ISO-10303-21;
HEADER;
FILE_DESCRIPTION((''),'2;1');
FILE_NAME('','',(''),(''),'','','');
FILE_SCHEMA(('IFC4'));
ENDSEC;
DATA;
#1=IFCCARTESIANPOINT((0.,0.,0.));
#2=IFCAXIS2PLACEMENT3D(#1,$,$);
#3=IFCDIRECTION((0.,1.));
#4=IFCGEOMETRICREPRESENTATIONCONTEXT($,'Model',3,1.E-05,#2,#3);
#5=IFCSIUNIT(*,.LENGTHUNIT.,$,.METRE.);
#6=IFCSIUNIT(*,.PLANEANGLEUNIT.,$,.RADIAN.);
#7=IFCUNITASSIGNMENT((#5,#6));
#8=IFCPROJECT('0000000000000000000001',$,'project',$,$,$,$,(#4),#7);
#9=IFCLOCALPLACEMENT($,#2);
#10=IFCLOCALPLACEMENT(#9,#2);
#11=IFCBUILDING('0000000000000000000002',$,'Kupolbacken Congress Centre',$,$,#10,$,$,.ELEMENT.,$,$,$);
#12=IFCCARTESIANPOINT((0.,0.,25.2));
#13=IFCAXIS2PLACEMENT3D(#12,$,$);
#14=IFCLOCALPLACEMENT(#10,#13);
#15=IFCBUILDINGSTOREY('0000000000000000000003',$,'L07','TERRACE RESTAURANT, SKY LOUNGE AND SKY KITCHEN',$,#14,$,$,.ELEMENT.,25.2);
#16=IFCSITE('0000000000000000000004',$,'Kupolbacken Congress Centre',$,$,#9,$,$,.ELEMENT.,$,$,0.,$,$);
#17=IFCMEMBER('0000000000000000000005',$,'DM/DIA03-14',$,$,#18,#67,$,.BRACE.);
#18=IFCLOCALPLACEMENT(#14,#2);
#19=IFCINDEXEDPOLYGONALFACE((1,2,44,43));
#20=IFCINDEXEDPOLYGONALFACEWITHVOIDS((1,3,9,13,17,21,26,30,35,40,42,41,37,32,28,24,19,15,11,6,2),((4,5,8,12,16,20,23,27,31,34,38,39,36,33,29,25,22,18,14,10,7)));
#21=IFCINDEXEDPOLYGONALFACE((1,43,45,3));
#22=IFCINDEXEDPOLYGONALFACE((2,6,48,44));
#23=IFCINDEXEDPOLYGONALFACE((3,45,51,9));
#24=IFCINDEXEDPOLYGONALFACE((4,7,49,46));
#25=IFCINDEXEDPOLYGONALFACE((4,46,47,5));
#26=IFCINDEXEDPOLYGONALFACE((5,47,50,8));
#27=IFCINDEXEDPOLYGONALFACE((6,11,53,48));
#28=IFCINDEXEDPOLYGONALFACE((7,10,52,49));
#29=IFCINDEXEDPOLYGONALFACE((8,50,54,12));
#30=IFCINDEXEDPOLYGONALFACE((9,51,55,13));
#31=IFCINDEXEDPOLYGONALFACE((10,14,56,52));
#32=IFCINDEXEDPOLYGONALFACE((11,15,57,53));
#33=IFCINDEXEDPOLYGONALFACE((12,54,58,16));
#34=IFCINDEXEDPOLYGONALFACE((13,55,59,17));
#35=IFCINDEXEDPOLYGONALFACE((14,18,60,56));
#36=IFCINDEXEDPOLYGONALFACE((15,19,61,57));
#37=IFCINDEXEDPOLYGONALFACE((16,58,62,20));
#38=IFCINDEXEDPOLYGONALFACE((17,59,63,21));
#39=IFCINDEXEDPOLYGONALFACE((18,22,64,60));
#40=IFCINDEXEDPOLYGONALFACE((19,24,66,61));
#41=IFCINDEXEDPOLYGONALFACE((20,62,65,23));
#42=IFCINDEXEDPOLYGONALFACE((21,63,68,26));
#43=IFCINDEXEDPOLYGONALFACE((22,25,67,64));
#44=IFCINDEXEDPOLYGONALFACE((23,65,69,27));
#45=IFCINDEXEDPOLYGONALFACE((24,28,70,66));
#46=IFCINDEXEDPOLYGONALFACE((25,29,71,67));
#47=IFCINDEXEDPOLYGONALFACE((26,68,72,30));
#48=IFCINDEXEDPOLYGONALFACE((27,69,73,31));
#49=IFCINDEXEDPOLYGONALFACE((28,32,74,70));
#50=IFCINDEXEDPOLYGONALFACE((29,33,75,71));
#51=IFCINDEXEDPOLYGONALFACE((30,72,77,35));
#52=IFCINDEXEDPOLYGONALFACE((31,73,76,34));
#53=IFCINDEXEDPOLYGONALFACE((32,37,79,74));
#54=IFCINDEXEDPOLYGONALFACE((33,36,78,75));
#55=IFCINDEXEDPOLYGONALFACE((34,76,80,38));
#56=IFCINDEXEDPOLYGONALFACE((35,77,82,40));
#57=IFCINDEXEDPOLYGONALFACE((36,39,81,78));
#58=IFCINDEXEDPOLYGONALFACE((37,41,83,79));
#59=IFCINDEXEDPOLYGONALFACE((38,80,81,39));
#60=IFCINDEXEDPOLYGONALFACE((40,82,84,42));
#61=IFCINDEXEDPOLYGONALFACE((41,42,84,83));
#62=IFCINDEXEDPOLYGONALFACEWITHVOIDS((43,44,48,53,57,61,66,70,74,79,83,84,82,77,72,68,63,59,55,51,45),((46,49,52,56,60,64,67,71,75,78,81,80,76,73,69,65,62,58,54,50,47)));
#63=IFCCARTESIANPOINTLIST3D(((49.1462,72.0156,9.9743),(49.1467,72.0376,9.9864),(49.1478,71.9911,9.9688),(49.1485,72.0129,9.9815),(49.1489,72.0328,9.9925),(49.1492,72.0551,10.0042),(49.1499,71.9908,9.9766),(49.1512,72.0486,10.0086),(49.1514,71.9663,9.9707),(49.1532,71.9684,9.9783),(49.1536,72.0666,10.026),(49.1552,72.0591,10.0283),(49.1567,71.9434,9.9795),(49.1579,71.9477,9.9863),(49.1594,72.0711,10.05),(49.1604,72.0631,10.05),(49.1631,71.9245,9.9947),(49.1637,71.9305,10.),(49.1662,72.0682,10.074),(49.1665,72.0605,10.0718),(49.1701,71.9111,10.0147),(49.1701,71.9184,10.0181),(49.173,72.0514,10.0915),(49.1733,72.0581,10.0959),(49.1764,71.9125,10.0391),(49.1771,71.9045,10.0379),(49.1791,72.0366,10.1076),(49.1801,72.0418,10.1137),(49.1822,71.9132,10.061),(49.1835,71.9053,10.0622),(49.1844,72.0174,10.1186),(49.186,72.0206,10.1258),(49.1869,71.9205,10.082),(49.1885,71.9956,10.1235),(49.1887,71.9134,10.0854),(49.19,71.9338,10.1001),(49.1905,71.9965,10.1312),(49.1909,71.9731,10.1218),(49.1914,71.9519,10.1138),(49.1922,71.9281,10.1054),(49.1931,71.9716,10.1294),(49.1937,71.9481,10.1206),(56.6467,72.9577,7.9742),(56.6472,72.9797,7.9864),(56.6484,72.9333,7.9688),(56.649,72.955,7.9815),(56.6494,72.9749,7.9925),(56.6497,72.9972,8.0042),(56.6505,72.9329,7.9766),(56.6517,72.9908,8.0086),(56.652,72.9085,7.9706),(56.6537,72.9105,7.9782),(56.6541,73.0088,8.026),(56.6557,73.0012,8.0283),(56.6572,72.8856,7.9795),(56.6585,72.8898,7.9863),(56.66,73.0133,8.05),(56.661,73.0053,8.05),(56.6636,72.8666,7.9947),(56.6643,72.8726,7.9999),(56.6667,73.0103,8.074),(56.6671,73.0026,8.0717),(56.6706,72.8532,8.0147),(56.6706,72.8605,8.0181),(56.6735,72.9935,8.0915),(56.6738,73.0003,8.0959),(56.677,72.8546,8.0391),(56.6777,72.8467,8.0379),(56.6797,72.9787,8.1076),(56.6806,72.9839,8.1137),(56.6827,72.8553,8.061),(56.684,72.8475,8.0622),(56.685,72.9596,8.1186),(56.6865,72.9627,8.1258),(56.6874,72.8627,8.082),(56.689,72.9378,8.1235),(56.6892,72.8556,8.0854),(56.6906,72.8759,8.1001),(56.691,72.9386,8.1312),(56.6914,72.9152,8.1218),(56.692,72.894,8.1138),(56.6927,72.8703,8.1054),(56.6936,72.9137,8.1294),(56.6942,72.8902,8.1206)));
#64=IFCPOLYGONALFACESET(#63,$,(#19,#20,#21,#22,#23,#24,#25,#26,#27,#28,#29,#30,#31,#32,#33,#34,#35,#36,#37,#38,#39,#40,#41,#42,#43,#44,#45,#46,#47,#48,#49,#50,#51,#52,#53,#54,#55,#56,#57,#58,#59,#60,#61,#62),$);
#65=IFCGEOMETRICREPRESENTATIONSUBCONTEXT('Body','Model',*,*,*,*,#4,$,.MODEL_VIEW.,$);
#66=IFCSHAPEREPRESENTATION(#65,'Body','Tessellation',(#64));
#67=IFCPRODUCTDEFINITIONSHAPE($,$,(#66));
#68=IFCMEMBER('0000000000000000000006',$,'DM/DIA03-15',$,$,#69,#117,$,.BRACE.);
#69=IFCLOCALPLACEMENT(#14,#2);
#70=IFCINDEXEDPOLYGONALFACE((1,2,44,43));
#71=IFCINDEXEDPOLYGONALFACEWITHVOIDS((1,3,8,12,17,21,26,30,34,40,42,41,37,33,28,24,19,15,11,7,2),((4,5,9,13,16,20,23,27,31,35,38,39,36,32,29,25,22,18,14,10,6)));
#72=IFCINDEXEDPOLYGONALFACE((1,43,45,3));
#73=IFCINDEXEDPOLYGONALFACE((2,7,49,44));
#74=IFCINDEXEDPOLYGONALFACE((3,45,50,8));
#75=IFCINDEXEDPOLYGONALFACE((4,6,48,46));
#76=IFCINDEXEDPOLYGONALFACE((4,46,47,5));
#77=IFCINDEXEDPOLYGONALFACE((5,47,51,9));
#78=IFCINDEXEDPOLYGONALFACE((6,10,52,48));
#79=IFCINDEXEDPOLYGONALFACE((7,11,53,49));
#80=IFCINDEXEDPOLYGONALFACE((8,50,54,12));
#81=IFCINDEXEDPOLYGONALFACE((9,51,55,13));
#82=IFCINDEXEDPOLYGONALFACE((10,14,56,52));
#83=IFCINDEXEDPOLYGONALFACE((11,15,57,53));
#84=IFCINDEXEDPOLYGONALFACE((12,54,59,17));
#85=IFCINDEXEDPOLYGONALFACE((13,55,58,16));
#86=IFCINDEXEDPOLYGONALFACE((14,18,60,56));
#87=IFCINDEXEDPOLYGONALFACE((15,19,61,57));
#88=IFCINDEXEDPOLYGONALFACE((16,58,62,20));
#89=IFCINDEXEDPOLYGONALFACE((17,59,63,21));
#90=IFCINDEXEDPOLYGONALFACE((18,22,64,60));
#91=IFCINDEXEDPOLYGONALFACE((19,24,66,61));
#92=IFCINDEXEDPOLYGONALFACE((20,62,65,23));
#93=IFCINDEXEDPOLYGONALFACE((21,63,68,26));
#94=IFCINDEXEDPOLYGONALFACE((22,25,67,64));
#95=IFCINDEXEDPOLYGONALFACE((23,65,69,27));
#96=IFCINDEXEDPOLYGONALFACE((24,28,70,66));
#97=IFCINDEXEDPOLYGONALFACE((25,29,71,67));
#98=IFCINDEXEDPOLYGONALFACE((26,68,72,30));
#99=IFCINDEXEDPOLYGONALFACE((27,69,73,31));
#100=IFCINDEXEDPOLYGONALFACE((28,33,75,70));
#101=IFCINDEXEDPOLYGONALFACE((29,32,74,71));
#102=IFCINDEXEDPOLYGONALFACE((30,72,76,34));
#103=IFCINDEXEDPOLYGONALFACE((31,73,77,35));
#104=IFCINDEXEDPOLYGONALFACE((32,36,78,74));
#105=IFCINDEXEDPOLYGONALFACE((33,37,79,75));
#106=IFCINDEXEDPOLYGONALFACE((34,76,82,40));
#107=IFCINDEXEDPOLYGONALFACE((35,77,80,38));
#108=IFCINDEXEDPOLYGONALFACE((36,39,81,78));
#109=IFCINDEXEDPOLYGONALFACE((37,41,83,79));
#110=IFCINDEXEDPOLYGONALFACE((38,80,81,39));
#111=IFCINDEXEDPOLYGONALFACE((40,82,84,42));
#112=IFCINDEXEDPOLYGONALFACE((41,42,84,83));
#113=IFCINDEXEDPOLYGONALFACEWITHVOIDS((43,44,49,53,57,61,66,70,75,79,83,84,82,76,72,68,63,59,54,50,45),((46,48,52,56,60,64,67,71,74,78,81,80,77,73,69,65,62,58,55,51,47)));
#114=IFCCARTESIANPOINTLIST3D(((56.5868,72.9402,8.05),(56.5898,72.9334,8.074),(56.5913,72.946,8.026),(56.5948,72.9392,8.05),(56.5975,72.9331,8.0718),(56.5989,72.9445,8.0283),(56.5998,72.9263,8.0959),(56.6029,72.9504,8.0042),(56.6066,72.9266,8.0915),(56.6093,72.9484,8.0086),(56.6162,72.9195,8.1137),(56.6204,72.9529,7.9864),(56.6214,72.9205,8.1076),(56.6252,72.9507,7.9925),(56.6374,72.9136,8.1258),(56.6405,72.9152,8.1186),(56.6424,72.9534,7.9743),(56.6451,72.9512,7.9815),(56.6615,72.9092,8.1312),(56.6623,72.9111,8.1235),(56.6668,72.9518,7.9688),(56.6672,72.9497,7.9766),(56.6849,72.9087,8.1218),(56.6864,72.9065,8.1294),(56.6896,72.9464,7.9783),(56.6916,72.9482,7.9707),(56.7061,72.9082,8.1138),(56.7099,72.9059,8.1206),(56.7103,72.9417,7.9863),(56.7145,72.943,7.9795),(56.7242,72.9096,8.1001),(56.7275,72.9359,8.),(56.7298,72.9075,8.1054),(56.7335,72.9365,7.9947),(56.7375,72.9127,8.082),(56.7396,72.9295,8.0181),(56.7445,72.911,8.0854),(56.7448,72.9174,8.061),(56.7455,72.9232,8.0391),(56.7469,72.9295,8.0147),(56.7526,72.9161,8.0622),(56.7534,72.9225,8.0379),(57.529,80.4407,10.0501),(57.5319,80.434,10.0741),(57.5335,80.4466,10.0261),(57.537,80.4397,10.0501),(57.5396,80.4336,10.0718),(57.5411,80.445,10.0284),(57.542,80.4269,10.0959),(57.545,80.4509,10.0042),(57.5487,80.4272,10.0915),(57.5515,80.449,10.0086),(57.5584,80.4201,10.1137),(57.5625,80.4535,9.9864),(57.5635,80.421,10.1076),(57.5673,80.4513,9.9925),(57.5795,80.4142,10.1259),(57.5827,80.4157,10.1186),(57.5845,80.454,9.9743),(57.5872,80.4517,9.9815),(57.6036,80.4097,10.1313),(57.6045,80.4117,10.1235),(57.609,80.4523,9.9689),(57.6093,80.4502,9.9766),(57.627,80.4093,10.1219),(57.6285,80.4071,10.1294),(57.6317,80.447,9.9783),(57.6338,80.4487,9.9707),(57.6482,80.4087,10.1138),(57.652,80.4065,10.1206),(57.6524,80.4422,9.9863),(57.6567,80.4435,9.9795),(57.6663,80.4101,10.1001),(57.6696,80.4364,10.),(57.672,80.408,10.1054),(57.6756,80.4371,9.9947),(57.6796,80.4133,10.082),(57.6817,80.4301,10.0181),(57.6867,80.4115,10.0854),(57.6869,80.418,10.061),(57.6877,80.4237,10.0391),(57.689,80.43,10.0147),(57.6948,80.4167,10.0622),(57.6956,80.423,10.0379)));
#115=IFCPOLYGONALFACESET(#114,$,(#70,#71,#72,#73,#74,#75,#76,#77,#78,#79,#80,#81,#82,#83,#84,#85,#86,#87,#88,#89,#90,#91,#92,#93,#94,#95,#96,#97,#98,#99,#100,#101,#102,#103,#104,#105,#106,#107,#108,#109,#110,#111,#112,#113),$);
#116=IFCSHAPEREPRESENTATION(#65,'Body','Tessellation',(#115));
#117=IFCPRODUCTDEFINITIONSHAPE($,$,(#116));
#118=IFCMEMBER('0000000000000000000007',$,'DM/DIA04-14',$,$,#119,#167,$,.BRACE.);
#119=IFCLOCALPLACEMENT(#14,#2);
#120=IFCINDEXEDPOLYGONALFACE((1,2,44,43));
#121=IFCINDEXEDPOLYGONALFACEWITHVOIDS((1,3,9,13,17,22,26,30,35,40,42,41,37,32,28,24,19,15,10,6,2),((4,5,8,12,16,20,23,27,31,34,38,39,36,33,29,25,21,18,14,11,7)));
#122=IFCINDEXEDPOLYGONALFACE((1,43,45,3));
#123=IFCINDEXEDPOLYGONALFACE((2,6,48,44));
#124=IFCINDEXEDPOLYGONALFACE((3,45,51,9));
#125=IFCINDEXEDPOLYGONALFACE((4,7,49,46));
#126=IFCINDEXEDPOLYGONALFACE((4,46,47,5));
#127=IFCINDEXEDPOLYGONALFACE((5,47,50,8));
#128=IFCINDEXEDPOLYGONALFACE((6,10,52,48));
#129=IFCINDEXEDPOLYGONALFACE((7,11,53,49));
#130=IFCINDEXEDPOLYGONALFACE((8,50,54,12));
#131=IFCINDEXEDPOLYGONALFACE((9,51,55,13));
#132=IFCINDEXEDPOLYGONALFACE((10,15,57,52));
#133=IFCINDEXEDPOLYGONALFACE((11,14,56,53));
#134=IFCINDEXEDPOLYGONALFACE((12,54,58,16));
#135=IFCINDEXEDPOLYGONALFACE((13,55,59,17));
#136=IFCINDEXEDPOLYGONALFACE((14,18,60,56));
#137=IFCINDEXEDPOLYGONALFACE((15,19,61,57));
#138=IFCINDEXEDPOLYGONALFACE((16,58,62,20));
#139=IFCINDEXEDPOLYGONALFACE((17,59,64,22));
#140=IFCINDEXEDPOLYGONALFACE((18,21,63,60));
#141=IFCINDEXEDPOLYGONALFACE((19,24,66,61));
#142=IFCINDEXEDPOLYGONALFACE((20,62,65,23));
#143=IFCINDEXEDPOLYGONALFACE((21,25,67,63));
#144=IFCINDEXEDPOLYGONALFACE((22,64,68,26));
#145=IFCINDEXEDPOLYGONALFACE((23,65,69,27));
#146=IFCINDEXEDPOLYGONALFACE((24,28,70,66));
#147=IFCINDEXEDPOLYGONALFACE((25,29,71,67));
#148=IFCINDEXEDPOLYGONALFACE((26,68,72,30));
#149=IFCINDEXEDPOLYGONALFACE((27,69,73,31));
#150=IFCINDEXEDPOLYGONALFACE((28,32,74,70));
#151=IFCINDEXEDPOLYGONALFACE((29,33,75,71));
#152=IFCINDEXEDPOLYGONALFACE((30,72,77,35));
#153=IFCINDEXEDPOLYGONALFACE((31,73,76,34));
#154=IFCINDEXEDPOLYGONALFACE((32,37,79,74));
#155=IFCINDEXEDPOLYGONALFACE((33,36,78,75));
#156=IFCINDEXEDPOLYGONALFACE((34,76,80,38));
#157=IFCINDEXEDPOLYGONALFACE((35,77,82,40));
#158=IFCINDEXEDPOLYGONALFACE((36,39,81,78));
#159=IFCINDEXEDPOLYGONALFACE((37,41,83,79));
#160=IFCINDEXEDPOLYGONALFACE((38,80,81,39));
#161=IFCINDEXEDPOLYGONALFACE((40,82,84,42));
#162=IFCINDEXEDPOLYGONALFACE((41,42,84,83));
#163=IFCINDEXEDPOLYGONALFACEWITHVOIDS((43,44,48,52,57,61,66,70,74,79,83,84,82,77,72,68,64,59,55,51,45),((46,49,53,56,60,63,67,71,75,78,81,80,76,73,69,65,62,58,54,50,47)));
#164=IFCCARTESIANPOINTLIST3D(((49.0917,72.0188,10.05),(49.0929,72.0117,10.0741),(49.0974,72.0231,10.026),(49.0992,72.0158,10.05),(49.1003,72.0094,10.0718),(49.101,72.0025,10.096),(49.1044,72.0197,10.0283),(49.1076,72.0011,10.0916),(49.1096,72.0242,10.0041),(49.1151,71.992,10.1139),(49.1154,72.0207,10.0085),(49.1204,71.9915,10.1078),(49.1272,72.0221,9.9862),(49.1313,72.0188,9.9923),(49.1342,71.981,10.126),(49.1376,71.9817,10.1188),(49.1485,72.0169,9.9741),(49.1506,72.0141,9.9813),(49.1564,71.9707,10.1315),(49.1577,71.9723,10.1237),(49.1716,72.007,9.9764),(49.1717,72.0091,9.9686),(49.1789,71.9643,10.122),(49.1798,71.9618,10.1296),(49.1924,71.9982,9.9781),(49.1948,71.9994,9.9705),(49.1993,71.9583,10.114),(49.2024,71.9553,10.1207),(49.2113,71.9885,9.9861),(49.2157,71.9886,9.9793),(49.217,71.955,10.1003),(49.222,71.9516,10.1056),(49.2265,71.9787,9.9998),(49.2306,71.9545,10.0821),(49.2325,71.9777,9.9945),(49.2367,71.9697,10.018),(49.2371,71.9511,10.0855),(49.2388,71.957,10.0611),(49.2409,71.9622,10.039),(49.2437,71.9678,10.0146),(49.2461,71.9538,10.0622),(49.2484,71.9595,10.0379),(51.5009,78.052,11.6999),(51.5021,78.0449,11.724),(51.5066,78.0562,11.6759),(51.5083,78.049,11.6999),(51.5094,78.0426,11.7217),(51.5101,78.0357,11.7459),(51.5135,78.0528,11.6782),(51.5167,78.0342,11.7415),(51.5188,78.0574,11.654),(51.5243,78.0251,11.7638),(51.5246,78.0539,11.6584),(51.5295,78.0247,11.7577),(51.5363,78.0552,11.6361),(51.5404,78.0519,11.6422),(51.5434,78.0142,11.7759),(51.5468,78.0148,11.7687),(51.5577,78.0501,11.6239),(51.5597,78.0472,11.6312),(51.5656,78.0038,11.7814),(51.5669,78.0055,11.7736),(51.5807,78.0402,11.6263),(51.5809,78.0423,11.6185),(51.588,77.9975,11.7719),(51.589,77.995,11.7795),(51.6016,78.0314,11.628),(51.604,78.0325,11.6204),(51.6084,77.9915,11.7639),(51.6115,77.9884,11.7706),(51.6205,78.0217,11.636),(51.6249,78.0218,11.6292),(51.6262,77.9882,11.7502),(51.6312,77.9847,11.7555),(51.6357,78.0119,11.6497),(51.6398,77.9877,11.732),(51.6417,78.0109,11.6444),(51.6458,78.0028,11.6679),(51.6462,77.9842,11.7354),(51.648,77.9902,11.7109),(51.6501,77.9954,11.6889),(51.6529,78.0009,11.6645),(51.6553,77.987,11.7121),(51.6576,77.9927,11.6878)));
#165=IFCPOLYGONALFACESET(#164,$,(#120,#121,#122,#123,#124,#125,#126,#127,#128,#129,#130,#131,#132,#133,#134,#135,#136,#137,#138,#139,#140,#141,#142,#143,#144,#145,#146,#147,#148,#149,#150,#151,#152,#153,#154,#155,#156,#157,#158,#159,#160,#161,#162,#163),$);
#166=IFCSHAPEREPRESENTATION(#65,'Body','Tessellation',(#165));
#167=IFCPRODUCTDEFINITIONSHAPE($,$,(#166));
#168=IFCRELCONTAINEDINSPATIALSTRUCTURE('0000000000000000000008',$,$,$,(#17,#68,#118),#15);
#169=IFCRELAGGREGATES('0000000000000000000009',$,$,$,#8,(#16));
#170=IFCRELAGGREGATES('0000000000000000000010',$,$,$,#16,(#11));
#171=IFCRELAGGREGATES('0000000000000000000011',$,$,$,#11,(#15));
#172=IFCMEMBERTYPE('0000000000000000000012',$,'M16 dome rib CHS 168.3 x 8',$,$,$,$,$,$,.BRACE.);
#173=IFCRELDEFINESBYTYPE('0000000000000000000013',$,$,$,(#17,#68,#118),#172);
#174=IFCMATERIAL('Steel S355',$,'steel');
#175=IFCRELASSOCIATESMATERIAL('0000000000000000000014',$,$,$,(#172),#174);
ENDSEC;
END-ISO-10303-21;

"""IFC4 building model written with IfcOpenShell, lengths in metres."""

from ifc_helpers import new_model, si_unit, direction, frame, origin, origin_2d, place, context, subcontext, project, spatial, hollow_circle, extrude, material, material_profile, profile_set, type_object, element, save


model = new_model("IFC4")

# Units and contexts
model_context = context("Model", 3, precision=1e-05, world=origin(), true_north=direction((0.0, 1.0)))
body_context = subcontext(model_context, "Body", "Model", "MODEL_VIEW")
ifc_project = project(units=[si_unit("LENGTHUNIT", "METRE"), si_unit("PLANEANGLEUNIT", "RADIAN")], contexts=[model_context])

# Site, building, storey
site_placement = place(None, origin())
site = spatial("IfcSite", under=ifc_project, at=site_placement, Name="Kupolbacken Congress Centre", CompositionType="ELEMENT", RefElevation=0.0)
building_placement = place(site_placement, origin())
building = spatial("IfcBuilding", under=site, at=building_placement, Name="Kupolbacken Congress Centre", CompositionType="ELEMENT")
storey_placement = place(building_placement, frame((0.0, 0.0, 25.2)))
storey = spatial("IfcBuildingStorey", under=building, at=storey_placement, Name="L07", Description="TERRACE RESTAURANT, SKY LOUNGE AND SKY KITCHEN", CompositionType="ELEMENT", Elevation=25.2)

# Members
ifc_material_1 = material(Name="Steel S355", Category="steel")
ifc_material_profile_1 = material_profile(ifc_material_1, hollow_circle(Radius=0.0842, WallThickness=0.0081, at=origin_2d()), Name="CHS 168.3 x 8")
ifc_profile_set_1 = profile_set([ifc_material_profile_1], Name="Steel S355")
member_type_1 = type_object("IfcMemberType", Name="M16 dome rib CHS 168.3 x 8", PredefinedType="BRACE", material=ifc_profile_set_1)
for number, where, z_axis, x_axis, name in (
    (1, (49.1699, 71.9875, 10.05), (0.9592, 0.120485, -0.25577), (-0.124631, 0.992203, 0.0), "DM/DIA03-14"),
    (2, (56.6704, 72.9297, 8.05), (0.120485, 0.9592, 0.25577), (-0.992203, 0.124631, 0.0), "DM/DIA03-15"),
):
    element("IfcMember", number, at=place(storey_placement, frame(where, z_axis=z_axis, x_axis=x_axis)), inside=storey, type_object=member_type_1, Name=name, PredefinedType="BRACE", context=body_context, shape_type="SweptSolid", body=[
        extrude(hollow_circle(Radius=0.0842, WallThickness=0.0081, at=origin_2d()), origin(), (0.0, 0.0, 1.0), 7.8196),
    ])
member_1_placement = place(storey_placement, frame((49.1699, 71.9875, 10.05), z_axis=(0.359436, 0.900119, 0.246156), x_axis=(-0.928694, 0.370846, 0.0)))
element("IfcMember", 3, at=member_1_placement, inside=storey, type_object=member_type_1, Name="DM/DIA04-14", PredefinedType="BRACE", context=body_context, shape_type="SweptSolid", body=[
    extrude(hollow_circle(Radius=0.0842, WallThickness=0.0081, at=origin_2d()), origin(), (0.0, 0.0, 1.0), 6.7026),
])

save(model, "model.ifc")
